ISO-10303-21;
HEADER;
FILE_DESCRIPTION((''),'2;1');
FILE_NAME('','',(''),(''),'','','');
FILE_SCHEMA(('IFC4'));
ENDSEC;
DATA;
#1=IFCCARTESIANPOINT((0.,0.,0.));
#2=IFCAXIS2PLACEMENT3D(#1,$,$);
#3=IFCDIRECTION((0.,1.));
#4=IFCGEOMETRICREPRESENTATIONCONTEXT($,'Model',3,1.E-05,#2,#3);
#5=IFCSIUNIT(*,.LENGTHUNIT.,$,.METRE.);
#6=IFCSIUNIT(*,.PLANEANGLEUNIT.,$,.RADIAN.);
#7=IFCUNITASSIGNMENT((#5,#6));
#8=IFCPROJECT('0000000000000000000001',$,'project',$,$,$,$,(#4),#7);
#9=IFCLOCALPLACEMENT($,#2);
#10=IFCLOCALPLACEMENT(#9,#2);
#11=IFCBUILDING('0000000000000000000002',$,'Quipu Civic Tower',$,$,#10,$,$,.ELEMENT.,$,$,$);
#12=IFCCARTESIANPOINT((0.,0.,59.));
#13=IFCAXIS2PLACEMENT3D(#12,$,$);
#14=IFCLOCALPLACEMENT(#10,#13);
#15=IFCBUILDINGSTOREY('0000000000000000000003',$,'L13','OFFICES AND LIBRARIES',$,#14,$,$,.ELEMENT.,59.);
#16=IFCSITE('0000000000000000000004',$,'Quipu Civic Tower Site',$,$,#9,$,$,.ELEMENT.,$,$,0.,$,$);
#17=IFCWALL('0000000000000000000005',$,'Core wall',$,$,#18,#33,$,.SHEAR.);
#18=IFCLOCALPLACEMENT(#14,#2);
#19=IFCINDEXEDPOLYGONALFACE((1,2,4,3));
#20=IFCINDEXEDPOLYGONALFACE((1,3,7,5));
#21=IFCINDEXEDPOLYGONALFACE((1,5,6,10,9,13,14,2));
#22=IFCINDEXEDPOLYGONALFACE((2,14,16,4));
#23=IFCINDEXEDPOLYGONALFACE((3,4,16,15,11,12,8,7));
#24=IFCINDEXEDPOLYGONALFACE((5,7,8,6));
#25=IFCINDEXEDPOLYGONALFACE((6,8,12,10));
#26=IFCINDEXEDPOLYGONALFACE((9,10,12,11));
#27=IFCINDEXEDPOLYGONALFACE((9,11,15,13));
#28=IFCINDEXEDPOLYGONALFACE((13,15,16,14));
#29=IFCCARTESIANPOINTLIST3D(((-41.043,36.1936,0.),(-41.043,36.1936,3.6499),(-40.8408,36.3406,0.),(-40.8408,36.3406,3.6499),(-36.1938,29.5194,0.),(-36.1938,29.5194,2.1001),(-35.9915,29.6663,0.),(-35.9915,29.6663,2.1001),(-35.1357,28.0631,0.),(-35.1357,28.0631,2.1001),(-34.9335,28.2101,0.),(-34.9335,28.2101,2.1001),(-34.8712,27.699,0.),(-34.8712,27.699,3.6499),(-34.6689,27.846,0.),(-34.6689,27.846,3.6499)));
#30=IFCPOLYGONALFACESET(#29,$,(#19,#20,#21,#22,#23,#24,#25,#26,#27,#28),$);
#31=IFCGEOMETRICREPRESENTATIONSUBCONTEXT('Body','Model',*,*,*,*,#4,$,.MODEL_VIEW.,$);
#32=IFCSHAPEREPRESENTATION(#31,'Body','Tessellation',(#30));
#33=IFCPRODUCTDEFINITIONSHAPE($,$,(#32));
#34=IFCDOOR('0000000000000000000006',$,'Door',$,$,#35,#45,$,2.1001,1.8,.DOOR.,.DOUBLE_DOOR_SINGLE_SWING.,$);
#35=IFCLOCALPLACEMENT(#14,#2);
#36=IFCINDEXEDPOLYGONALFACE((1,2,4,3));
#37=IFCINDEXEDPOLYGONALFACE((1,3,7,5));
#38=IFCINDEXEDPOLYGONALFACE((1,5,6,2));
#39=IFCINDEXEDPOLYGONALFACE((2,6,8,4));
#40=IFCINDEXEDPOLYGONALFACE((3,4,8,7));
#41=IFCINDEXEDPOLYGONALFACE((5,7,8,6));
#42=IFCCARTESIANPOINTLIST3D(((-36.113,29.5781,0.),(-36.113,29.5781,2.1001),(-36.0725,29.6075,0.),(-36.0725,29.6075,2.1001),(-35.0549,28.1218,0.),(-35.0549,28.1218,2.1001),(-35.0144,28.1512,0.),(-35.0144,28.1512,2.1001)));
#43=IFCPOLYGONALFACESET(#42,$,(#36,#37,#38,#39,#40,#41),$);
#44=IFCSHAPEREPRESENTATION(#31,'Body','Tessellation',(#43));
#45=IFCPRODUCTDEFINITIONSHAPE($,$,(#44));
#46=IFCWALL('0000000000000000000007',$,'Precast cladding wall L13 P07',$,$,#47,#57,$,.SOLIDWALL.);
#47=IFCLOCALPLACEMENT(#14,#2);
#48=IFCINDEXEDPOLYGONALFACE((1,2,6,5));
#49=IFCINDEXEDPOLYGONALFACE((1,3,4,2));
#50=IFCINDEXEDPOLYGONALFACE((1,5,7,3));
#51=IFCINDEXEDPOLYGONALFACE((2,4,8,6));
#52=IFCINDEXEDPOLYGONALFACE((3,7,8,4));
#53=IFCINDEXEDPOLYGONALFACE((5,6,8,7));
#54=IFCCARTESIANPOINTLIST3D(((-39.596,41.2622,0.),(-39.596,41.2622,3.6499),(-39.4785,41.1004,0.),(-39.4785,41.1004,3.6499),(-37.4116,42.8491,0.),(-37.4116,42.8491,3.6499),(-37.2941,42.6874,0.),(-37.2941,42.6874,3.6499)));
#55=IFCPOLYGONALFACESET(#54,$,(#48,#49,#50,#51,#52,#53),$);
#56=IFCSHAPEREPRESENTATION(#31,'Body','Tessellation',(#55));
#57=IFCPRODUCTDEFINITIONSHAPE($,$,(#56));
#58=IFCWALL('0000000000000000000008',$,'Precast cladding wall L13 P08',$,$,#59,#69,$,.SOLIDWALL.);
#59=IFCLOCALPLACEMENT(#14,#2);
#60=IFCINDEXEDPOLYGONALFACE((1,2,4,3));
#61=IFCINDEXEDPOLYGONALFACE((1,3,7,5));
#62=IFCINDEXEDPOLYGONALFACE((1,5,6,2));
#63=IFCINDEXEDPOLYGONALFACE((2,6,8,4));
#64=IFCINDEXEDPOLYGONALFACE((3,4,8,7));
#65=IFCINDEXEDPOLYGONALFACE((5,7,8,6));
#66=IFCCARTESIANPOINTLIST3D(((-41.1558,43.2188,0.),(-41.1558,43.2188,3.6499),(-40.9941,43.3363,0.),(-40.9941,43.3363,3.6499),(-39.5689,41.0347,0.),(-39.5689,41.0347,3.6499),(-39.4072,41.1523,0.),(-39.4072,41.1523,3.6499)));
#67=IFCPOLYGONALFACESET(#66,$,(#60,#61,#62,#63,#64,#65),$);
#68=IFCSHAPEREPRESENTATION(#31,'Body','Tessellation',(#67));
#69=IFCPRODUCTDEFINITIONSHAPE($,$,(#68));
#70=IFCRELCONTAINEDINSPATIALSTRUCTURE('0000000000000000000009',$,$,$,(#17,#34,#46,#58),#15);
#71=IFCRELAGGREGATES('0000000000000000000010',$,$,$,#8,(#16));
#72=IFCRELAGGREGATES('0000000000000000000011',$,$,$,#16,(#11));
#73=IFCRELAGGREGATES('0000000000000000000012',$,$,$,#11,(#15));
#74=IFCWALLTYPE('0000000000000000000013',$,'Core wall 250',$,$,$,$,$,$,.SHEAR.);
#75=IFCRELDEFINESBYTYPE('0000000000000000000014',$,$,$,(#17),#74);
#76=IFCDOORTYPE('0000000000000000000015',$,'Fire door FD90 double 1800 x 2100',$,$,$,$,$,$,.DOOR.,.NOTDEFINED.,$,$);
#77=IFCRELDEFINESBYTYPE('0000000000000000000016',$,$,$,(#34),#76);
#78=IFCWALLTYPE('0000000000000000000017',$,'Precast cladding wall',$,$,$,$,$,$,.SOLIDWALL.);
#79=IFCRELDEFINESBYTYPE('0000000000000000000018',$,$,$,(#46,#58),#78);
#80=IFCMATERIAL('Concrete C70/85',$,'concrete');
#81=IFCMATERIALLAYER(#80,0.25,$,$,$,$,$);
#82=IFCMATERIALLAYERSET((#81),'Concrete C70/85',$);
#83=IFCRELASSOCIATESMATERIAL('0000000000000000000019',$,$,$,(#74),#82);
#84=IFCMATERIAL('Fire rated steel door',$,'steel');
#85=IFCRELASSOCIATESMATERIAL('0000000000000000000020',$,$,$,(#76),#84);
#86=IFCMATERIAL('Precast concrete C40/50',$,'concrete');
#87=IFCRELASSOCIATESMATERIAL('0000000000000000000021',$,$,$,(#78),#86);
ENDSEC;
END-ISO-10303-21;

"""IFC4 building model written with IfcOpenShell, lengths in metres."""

from ifc_helpers import new_model, si_unit, direction, frame, frame_2d, origin, place, context, subcontext, project, spatial, rectangle, extrude, material, layer, layer_set, type_object, element, fill, save


model = new_model("IFC4")

# Units and contexts
model_context = context("Model", 3, precision=1e-05, world=origin(), true_north=direction((0.0, 1.0)))
body_context = subcontext(model_context, "Body", "Model", "MODEL_VIEW")
ifc_project = project(units=[si_unit("LENGTHUNIT", "METRE"), si_unit("PLANEANGLEUNIT", "RADIAN")], contexts=[model_context])

# Site, building, storey
site_placement = place(None, origin())
site = spatial("IfcSite", under=ifc_project, at=site_placement, Name="Quipu Civic Tower Site", CompositionType="ELEMENT", RefElevation=0.0)
building_placement = place(site_placement, origin())
building = spatial("IfcBuilding", under=site, at=building_placement, Name="Quipu Civic Tower", CompositionType="ELEMENT")
storey_placement = place(building_placement, frame((0.0, 0.0, 59.0)))
storey = spatial("IfcBuildingStorey", under=building, at=storey_placement, Name="L13", Description="OFFICES AND LIBRARIES", CompositionType="ELEMENT", Elevation=59.0)

# Shared definitions
ifc_material_1 = material(Name="Concrete C70/85", Category="concrete")
ifc_layer_1 = layer(ifc_material_1, 0.25)
ifc_layer_set_1 = layer_set([ifc_layer_1], Name="Concrete C70/85")
wall_type_1 = type_object("IfcWallType", Name="Core wall 250", PredefinedType="SHEAR", material=ifc_layer_set_1)

# Wall, opening, door
wall_1_placement = place(storey_placement, frame((-40.9419, 36.2671, 0.0), z_axis=(0.0, 0.0, 1.0), x_axis=(0.587796, -0.809009, 0.0)))
wall_1 = element("IfcWall", 1, at=wall_1_placement, inside=storey, type_object=wall_type_1, Name="Core wall", PredefinedType="SHEAR", context=body_context, shape_type="SweptSolid", body=[
    extrude(rectangle(XDim=10.5, YDim=0.25, at=frame_2d((5.25, 0.0))), origin(), (0.0, 0.0, 1.0), 3.6499),
])
opening_placement = place(wall_1_placement, frame((8.25, 0.0, 0.0)))
opening = element("IfcOpeningElement", 2, at=opening_placement, cuts=wall_1, PredefinedType="OPENING", context=body_context, shape_type="SweptSolid", body=[
    extrude(rectangle(XDim=1.8, YDim=2.1001, at=frame_2d((0.8999, 1.05))), frame((0.0, 0.135, 0.0), z_axis=(0.0, -1.0, 0.0), x_axis=(1.0, 0.0, 0.0)), (0.0, 0.0, 1.0), 0.27),
])
ifc_material_2 = material(Name="Fire rated steel door", Category="steel")
door_type = type_object("IfcDoorType", Name="Fire door FD90 double 1800 x 2100", OperationType="NOTDEFINED", PredefinedType="DOOR", material=ifc_material_2)
door_placement = place(opening_placement, origin())
door = element("IfcDoor", 3, at=door_placement, inside=storey, type_object=door_type, Name="Door", OperationType="DOUBLE_DOOR_SINGLE_SWING", OverallHeight=2.1001, OverallWidth=1.8, PredefinedType="DOOR", context=body_context, shape_type="SweptSolid", body=[
    extrude(rectangle(XDim=1.8, YDim=2.1001, at=frame_2d((0.8999, 1.05))), frame((0.0, 0.0249, 0.0), z_axis=(0.0, -1.0, 0.0), x_axis=(1.0, 0.0, 0.0)), (0.0, 0.0, 1.0), 0.05),
])
fill(opening, door)

# Walls
ifc_material_3 = material(Name="Precast concrete C40/50", Category="concrete")
wall_type_2 = type_object("IfcWallType", Name="Precast cladding wall", PredefinedType="SOLIDWALL", material=ifc_material_3)
wall_2_placement = place(storey_placement, frame((-37.3528, 42.7683, 0.0), z_axis=(0.0, 0.0, 1.0), x_axis=(-0.809033, -0.587763, 0.0)))
element("IfcWall", 4, at=wall_2_placement, inside=storey, type_object=wall_type_2, Name="Precast cladding wall L13 P07", PredefinedType="SOLIDWALL", context=body_context, shape_type="SweptSolid", body=[
    extrude(rectangle(XDim=2.7, YDim=0.2, at=frame_2d((1.3501, 0.0))), origin(), (0.0, 0.0, 1.0), 3.6499),
])
wall_3_placement = place(storey_placement, frame((-39.488, 41.0935, 0.0), z_axis=(0.0, 0.0, 1.0), x_axis=(-0.587806, 0.809002, 0.0)))
element("IfcWall", 5, at=wall_3_placement, inside=storey, type_object=wall_type_2, Name="Precast cladding wall L13 P08", PredefinedType="SOLIDWALL", context=body_context, shape_type="SweptSolid", body=[
    extrude(rectangle(XDim=2.6997, YDim=0.2, at=frame_2d((1.3499, 0.0))), origin(), (0.0, 0.0, 1.0), 3.6499),
])

save(model, "model.ifc")
